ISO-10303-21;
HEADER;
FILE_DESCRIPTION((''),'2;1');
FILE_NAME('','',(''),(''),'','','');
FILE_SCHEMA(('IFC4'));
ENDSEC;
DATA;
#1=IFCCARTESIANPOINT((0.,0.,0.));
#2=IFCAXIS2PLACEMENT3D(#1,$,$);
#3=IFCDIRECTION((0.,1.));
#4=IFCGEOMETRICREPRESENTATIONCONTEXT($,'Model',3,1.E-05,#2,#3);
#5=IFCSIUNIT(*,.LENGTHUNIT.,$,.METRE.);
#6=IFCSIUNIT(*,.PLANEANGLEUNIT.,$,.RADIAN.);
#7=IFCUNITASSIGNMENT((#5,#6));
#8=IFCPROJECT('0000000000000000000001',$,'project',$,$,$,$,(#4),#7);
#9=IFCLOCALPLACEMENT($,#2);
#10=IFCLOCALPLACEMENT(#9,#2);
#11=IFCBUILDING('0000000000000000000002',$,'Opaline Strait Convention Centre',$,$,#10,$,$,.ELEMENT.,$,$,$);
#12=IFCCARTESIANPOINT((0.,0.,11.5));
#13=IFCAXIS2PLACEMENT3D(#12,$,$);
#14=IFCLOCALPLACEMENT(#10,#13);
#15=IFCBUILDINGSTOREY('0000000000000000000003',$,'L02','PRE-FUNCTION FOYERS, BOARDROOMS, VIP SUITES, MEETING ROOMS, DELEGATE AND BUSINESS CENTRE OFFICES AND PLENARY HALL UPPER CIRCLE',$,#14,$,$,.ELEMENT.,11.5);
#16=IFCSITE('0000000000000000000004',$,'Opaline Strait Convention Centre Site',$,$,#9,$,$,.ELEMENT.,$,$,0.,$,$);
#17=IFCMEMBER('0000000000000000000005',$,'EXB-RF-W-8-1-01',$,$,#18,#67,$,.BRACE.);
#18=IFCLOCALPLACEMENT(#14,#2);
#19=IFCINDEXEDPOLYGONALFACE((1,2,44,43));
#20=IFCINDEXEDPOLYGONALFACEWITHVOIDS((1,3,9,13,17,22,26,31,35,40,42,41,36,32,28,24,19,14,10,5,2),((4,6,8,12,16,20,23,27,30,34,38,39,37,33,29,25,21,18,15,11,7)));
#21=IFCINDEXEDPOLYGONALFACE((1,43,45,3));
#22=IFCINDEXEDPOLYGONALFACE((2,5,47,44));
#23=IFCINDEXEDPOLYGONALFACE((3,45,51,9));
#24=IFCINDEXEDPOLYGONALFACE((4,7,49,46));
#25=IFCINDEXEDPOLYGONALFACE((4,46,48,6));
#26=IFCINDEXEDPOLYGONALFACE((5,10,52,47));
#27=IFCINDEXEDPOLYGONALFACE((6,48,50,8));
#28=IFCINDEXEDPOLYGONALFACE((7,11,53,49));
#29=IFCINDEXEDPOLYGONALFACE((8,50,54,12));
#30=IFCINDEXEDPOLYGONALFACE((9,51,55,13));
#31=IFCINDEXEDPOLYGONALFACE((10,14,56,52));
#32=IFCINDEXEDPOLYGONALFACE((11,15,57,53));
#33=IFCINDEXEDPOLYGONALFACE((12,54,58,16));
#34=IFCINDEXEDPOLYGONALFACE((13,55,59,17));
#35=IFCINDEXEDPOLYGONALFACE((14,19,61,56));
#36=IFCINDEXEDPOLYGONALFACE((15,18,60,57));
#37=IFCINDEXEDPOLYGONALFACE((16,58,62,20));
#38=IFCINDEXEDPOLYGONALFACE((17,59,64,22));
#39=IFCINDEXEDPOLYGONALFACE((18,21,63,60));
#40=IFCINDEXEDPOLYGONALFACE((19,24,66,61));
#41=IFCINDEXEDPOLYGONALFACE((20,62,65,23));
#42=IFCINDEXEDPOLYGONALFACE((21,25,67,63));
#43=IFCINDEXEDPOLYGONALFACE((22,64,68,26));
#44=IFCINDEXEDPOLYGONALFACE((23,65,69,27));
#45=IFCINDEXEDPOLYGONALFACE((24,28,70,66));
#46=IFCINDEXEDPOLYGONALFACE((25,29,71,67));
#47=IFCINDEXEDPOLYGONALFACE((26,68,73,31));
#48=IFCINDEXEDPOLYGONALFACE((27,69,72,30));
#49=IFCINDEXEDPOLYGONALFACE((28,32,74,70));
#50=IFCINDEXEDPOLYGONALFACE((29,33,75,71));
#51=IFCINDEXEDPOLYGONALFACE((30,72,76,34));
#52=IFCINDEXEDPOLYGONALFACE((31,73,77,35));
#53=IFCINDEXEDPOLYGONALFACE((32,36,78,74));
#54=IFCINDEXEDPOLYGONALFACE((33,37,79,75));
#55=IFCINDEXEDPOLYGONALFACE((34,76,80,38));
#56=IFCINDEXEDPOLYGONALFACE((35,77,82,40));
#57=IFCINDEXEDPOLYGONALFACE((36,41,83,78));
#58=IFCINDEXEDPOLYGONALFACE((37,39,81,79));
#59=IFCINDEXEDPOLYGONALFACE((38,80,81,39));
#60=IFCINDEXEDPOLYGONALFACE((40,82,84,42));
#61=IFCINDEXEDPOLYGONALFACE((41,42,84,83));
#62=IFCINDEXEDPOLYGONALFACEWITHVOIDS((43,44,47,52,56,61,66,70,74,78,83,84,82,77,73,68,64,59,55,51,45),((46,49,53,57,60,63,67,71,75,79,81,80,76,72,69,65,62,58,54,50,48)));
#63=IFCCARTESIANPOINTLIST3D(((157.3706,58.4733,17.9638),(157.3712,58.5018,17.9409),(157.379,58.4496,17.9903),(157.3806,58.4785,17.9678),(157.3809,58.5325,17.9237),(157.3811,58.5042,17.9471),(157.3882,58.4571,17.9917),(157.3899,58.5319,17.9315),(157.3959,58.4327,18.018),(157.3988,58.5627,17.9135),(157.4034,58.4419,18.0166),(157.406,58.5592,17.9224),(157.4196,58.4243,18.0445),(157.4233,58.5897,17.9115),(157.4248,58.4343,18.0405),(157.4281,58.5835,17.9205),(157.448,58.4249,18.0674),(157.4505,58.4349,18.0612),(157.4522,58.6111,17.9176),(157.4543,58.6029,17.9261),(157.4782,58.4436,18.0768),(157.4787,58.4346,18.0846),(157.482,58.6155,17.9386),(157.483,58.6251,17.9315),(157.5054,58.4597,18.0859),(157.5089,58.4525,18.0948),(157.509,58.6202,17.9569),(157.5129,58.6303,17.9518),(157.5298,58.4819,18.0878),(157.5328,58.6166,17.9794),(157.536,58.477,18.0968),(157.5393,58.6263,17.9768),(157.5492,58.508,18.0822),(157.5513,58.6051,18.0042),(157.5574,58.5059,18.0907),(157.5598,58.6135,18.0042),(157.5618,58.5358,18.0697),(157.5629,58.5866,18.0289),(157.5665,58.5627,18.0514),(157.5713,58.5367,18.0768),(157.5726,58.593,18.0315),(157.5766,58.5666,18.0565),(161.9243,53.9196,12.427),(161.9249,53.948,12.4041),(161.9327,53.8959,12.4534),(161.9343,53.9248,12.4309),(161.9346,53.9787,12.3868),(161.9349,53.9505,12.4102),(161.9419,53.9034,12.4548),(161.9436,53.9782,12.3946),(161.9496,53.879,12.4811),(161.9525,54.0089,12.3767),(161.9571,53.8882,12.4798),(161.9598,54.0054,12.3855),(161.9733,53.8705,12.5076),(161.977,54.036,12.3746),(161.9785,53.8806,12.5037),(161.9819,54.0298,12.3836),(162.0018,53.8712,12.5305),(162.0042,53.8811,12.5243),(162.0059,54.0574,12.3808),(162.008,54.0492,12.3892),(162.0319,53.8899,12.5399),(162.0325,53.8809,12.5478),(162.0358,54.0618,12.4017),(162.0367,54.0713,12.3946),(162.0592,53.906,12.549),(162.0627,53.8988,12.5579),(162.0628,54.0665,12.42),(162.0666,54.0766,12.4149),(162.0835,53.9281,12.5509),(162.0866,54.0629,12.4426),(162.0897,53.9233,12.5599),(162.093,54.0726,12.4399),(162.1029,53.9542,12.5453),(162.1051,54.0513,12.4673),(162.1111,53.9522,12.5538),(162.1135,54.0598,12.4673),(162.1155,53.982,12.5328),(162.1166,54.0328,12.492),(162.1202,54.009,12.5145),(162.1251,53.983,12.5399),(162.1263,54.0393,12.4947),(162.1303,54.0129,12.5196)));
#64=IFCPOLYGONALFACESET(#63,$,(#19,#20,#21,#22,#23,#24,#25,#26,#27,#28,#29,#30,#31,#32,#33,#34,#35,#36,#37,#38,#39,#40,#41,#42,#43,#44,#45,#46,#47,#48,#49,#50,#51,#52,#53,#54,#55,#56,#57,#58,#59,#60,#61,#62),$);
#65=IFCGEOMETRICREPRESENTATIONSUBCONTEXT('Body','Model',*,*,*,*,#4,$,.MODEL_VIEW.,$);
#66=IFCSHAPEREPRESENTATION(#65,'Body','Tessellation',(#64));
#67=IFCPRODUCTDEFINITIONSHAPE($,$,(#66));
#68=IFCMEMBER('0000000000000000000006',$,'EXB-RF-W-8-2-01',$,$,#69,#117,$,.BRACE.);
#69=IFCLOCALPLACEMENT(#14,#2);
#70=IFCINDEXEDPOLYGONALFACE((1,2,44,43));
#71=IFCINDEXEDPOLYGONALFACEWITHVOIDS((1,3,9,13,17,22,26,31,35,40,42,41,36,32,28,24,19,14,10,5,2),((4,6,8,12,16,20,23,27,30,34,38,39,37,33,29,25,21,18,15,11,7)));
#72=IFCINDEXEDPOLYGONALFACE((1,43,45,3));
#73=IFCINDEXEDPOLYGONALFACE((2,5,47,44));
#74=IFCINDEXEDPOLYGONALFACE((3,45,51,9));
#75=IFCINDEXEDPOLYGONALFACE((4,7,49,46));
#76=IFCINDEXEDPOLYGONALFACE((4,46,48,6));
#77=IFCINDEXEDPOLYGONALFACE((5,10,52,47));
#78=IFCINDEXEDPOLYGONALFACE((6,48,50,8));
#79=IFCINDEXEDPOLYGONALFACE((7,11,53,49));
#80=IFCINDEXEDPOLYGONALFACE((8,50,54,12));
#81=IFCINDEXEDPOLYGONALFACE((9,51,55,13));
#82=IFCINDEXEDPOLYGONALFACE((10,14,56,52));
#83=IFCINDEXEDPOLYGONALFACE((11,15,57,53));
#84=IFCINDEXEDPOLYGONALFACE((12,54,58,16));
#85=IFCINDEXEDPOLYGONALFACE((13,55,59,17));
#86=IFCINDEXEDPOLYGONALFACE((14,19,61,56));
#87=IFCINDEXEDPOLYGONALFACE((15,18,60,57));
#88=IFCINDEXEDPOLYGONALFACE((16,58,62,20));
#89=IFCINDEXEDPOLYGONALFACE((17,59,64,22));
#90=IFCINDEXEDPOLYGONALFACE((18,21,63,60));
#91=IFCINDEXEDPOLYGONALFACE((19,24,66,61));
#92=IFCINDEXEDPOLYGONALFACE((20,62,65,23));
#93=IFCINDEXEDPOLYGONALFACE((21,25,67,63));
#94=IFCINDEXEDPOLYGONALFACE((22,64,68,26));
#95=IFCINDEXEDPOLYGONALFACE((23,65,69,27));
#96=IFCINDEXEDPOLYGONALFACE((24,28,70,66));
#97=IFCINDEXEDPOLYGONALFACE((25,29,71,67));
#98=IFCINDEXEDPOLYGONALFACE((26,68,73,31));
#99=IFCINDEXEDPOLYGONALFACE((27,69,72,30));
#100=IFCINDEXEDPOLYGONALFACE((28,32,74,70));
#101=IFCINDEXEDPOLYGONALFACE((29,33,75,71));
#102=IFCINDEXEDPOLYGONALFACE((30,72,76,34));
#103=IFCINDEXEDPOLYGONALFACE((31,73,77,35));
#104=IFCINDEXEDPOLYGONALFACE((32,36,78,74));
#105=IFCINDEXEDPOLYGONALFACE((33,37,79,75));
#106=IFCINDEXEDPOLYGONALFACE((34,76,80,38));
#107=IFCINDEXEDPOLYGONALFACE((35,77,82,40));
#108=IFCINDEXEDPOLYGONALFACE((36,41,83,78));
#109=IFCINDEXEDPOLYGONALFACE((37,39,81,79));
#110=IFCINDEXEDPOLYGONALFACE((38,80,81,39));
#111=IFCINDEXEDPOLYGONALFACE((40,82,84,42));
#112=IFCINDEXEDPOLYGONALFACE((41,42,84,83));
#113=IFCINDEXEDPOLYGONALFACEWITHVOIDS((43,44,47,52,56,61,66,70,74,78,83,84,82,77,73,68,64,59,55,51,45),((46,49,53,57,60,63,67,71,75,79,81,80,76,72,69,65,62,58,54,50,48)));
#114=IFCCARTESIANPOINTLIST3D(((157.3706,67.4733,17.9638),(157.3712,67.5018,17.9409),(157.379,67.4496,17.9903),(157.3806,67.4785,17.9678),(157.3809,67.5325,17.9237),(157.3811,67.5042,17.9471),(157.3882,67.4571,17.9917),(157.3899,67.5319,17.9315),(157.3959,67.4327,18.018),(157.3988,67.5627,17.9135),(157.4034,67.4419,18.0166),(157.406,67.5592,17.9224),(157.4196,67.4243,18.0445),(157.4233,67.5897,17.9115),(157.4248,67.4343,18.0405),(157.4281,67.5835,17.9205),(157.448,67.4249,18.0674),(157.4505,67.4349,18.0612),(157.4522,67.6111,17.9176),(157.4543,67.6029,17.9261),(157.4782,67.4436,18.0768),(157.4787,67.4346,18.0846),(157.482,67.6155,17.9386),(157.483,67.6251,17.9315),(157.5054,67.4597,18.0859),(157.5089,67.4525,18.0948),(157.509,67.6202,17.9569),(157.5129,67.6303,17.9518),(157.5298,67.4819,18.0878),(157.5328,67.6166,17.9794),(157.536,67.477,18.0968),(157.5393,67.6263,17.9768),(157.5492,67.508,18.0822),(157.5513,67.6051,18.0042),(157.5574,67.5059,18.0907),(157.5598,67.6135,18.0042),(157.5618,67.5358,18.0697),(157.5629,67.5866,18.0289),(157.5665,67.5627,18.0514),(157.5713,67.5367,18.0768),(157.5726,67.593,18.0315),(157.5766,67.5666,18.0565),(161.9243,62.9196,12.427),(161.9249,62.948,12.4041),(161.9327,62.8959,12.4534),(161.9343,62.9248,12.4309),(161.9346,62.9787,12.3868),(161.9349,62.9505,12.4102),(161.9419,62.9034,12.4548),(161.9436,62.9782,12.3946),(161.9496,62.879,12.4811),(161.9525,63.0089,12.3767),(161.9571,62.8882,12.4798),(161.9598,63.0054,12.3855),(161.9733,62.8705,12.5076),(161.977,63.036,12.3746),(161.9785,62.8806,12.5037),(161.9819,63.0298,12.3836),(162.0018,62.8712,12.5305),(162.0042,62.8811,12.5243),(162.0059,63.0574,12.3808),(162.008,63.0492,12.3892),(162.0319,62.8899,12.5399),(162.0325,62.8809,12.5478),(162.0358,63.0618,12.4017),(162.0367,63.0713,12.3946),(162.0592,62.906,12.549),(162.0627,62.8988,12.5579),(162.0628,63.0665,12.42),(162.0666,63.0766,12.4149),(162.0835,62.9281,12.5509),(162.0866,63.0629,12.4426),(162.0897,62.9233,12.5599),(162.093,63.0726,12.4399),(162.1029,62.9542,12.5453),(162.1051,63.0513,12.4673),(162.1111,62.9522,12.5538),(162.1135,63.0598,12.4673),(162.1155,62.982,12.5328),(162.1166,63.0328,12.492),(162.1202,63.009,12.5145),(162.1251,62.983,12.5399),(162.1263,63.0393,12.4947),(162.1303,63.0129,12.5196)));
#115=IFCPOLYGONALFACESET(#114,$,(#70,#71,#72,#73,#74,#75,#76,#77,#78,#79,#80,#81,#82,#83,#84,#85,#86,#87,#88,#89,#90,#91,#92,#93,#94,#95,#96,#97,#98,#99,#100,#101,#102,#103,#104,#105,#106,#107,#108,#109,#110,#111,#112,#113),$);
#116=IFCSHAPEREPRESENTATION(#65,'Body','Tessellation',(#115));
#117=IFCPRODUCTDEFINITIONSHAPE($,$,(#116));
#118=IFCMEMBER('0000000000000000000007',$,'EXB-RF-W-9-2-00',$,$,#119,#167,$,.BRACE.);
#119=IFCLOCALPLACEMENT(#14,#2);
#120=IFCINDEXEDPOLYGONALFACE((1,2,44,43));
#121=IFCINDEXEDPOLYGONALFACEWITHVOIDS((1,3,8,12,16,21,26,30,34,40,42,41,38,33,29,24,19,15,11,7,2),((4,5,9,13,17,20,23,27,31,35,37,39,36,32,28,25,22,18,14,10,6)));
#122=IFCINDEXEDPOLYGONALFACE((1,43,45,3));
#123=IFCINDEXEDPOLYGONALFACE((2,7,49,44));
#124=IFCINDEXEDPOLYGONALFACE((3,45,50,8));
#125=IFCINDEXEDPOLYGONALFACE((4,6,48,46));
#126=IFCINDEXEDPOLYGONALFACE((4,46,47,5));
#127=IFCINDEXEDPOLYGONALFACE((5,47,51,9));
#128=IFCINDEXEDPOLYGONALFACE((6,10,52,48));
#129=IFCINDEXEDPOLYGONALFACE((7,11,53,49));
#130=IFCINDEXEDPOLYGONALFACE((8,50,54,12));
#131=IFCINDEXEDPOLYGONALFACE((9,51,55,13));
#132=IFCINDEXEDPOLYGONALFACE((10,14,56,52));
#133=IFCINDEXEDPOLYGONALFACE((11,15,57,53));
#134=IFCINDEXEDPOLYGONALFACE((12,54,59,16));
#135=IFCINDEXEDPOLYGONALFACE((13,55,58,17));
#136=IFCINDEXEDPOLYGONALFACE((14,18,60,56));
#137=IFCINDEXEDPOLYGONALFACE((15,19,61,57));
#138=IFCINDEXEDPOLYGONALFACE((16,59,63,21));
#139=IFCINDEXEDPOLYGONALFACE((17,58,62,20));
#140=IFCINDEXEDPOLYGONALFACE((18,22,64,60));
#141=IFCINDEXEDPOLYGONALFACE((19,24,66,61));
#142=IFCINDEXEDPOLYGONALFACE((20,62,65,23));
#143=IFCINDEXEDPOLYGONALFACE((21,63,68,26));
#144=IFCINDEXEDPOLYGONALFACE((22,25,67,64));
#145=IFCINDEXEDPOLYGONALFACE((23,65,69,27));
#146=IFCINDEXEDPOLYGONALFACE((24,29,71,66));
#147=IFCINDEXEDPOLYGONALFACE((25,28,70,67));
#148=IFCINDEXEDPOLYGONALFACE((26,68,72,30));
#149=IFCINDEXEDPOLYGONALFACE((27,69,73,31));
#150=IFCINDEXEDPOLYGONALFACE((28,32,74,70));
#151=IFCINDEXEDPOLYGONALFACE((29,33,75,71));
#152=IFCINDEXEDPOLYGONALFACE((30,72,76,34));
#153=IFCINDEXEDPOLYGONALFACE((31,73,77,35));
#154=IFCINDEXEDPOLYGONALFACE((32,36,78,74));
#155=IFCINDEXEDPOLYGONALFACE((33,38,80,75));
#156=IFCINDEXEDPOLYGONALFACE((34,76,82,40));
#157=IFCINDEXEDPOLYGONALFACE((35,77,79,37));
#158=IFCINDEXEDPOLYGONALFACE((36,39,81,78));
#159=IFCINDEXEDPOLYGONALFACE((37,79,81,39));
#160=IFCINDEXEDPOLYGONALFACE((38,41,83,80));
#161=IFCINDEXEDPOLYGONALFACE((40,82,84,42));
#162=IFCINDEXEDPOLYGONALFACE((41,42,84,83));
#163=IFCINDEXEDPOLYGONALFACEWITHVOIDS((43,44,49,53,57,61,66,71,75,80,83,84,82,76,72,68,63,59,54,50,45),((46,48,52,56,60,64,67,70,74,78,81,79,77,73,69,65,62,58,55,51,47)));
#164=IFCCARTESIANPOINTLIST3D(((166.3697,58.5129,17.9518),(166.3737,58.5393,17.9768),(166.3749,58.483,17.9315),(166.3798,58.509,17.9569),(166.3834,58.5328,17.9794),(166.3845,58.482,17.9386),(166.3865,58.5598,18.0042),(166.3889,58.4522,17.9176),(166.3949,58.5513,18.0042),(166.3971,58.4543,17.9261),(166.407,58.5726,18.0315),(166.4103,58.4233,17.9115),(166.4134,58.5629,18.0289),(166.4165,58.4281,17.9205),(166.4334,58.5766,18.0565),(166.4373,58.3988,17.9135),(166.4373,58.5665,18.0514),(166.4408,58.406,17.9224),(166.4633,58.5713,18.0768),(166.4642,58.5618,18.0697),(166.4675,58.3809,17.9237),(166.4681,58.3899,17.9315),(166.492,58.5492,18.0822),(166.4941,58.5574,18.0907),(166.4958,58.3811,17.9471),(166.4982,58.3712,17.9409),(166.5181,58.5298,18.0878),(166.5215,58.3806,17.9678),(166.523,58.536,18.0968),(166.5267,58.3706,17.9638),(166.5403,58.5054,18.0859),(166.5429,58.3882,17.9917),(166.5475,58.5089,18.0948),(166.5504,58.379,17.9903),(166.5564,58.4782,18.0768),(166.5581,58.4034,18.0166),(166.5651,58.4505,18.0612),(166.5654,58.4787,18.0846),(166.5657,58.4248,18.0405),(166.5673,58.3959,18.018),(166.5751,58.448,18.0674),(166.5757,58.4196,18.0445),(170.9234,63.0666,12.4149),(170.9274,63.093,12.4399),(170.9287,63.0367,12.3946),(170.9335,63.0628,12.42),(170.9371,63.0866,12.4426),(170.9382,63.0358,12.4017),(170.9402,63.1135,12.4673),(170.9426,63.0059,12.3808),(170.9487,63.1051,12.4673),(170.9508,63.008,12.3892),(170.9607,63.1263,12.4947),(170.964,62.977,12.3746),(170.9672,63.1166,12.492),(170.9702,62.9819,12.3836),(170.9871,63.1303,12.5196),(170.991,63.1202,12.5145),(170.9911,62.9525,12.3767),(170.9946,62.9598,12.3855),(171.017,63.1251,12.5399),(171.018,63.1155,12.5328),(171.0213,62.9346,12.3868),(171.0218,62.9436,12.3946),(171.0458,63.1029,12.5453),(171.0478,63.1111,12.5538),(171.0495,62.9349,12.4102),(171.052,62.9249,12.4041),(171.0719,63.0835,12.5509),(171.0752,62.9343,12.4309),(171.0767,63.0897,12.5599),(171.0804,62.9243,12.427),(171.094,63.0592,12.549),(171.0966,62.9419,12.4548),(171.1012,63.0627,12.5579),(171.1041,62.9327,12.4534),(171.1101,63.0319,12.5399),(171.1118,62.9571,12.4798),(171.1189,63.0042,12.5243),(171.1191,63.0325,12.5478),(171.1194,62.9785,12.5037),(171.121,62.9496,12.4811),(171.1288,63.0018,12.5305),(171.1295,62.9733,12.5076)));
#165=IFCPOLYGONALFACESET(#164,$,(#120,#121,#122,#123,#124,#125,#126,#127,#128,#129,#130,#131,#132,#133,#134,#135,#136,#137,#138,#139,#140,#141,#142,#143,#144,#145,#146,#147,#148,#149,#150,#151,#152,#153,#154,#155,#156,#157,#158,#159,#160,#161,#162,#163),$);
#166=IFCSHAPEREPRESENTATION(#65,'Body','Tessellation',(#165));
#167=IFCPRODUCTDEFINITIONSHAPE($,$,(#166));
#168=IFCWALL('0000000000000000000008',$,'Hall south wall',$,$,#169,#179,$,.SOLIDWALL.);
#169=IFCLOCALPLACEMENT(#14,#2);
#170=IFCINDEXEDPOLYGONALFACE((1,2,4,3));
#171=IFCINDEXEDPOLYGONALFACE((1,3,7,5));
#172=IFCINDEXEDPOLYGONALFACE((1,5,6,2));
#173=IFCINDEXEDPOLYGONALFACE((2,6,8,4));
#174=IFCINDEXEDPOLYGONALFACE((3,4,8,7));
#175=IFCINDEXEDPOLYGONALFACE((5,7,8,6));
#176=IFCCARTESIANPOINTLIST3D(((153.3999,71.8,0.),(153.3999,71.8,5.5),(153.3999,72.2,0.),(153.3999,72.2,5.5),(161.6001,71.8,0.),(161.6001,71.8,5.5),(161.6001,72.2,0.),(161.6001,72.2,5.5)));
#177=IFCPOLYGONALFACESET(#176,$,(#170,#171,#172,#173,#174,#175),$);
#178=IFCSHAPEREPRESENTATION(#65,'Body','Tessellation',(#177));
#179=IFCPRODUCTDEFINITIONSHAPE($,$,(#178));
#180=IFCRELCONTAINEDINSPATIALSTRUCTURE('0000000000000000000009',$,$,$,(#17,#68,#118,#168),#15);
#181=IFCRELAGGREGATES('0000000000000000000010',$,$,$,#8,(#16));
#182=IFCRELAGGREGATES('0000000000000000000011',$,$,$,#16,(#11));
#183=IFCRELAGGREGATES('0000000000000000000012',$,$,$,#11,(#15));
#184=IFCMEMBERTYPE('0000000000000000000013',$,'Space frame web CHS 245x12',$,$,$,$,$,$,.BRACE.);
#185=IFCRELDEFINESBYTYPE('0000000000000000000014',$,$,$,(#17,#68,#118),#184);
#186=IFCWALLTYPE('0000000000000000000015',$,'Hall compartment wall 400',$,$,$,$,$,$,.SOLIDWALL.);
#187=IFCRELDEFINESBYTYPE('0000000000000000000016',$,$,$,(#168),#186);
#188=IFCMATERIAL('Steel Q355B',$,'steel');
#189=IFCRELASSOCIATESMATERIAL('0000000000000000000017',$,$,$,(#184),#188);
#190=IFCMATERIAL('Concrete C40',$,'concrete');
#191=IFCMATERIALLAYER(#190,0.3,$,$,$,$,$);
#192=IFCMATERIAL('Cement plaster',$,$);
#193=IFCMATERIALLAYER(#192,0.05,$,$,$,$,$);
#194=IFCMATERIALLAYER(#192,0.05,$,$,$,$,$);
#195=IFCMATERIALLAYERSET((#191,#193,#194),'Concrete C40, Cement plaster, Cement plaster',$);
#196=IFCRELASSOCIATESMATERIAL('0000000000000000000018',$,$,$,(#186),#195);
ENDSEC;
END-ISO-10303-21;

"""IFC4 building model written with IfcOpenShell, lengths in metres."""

from ifc_helpers import new_model, si_unit, direction, frame, frame_2d, origin, origin_2d, place, context, subcontext, project, spatial, rectangle, hollow_circle, extrude, material, layer, layer_set, material_profile, profile_set, type_object, element, save


model = new_model("IFC4")

# Units and contexts
model_context = context("Model", 3, precision=1e-05, world=origin(), true_north=direction((0.0, 1.0)))
body_context = subcontext(model_context, "Body", "Model", "MODEL_VIEW")
ifc_project = project(units=[si_unit("LENGTHUNIT", "METRE"), si_unit("PLANEANGLEUNIT", "RADIAN")], contexts=[model_context])

# Site, building, storey
site_placement = place(None, origin())
site = spatial("IfcSite", under=ifc_project, at=site_placement, Name="Opaline Strait Convention Centre Site", CompositionType="ELEMENT", RefElevation=0.0)
building_placement = place(site_placement, origin())
building = spatial("IfcBuilding", under=site, at=building_placement, Name="Opaline Strait Convention Centre", CompositionType="ELEMENT")
storey_placement = place(building_placement, frame((0.0, 0.0, 11.5)))
storey = spatial("IfcBuildingStorey", under=building, at=storey_placement, Name="L02", Description="PRE-FUNCTION FOYERS, BOARDROOMS, VIP SUITES, MEETING ROOMS, DELEGATE AND BUSINESS CENTRE OFFICES AND PLENARY HALL UPPER CIRCLE", CompositionType="ELEMENT", Elevation=11.5)

# Members
ifc_material_1 = material(Name="Steel Q355B", Category="steel")
ifc_material_profile_1 = material_profile(ifc_material_1, hollow_circle(Radius=0.1226, WallThickness=0.012, at=origin_2d()), Name="CHS 245x12")
ifc_profile_set_1 = profile_set([ifc_material_profile_1], Name="Steel Q355B")
member_type_1 = type_object("IfcMemberType", Name="Space frame web CHS 245x12", PredefinedType="BRACE", material=ifc_profile_set_1)
for number, where, z_axis, x_axis, name in (
    (1, (157.4731, 58.5269, 18.0042), (0.536178, -0.536178, -0.65194), (0.707107, 0.707107, 0.0), "EXB-RF-W-8-1-01"),
    (2, (157.4731, 67.5269, 18.0042), (0.536178, -0.536178, -0.65194), (0.707107, 0.707107, 0.0), "EXB-RF-W-8-2-01"),
    (3, (166.4731, 58.4731, 18.0042), (0.536178, 0.536178, -0.65194), (-0.707107, 0.707107, 0.0), "EXB-RF-W-9-2-00"),
):
    element("IfcMember", number, at=place(storey_placement, frame(where, z_axis=z_axis, x_axis=x_axis)), inside=storey, type_object=member_type_1, Name=name, PredefinedType="BRACE", context=body_context, shape_type="SweptSolid", body=[
        extrude(hollow_circle(Radius=0.1226, WallThickness=0.012, at=origin_2d()), origin(), (0.0, 0.0, 1.0), 8.4929),
    ])

# Wall
ifc_material_2 = material(Name="Concrete C40", Category="concrete")
ifc_layer_1 = layer(ifc_material_2, 0.3)
ifc_material_3 = material(Name="Cement plaster")
ifc_layer_2 = layer(ifc_material_3, 0.05)
ifc_layer_3 = layer(ifc_material_3, 0.05)
ifc_layer_set = layer_set([ifc_layer_1, ifc_layer_2, ifc_layer_3], Name="Concrete C40, Cement plaster, Cement plaster")
wall_type = type_object("IfcWallType", Name="Hall compartment wall 400", PredefinedType="SOLIDWALL", material=ifc_layer_set)
wall_placement = place(storey_placement, frame((153.3999, 72.0, 0.0), z_axis=(0.0, 0.0, 1.0), x_axis=(1.0, 0.0, 0.0)))
element("IfcWall", 4, at=wall_placement, inside=storey, type_object=wall_type, Name="Hall south wall", PredefinedType="SOLIDWALL", context=body_context, shape_type="SweptSolid", body=[
    extrude(rectangle(XDim=8.2002, YDim=0.3999, at=frame_2d((4.1001, 0.0))), origin(), (0.0, 0.0, 1.0), 5.5),
])

save(model, "model.ifc")
